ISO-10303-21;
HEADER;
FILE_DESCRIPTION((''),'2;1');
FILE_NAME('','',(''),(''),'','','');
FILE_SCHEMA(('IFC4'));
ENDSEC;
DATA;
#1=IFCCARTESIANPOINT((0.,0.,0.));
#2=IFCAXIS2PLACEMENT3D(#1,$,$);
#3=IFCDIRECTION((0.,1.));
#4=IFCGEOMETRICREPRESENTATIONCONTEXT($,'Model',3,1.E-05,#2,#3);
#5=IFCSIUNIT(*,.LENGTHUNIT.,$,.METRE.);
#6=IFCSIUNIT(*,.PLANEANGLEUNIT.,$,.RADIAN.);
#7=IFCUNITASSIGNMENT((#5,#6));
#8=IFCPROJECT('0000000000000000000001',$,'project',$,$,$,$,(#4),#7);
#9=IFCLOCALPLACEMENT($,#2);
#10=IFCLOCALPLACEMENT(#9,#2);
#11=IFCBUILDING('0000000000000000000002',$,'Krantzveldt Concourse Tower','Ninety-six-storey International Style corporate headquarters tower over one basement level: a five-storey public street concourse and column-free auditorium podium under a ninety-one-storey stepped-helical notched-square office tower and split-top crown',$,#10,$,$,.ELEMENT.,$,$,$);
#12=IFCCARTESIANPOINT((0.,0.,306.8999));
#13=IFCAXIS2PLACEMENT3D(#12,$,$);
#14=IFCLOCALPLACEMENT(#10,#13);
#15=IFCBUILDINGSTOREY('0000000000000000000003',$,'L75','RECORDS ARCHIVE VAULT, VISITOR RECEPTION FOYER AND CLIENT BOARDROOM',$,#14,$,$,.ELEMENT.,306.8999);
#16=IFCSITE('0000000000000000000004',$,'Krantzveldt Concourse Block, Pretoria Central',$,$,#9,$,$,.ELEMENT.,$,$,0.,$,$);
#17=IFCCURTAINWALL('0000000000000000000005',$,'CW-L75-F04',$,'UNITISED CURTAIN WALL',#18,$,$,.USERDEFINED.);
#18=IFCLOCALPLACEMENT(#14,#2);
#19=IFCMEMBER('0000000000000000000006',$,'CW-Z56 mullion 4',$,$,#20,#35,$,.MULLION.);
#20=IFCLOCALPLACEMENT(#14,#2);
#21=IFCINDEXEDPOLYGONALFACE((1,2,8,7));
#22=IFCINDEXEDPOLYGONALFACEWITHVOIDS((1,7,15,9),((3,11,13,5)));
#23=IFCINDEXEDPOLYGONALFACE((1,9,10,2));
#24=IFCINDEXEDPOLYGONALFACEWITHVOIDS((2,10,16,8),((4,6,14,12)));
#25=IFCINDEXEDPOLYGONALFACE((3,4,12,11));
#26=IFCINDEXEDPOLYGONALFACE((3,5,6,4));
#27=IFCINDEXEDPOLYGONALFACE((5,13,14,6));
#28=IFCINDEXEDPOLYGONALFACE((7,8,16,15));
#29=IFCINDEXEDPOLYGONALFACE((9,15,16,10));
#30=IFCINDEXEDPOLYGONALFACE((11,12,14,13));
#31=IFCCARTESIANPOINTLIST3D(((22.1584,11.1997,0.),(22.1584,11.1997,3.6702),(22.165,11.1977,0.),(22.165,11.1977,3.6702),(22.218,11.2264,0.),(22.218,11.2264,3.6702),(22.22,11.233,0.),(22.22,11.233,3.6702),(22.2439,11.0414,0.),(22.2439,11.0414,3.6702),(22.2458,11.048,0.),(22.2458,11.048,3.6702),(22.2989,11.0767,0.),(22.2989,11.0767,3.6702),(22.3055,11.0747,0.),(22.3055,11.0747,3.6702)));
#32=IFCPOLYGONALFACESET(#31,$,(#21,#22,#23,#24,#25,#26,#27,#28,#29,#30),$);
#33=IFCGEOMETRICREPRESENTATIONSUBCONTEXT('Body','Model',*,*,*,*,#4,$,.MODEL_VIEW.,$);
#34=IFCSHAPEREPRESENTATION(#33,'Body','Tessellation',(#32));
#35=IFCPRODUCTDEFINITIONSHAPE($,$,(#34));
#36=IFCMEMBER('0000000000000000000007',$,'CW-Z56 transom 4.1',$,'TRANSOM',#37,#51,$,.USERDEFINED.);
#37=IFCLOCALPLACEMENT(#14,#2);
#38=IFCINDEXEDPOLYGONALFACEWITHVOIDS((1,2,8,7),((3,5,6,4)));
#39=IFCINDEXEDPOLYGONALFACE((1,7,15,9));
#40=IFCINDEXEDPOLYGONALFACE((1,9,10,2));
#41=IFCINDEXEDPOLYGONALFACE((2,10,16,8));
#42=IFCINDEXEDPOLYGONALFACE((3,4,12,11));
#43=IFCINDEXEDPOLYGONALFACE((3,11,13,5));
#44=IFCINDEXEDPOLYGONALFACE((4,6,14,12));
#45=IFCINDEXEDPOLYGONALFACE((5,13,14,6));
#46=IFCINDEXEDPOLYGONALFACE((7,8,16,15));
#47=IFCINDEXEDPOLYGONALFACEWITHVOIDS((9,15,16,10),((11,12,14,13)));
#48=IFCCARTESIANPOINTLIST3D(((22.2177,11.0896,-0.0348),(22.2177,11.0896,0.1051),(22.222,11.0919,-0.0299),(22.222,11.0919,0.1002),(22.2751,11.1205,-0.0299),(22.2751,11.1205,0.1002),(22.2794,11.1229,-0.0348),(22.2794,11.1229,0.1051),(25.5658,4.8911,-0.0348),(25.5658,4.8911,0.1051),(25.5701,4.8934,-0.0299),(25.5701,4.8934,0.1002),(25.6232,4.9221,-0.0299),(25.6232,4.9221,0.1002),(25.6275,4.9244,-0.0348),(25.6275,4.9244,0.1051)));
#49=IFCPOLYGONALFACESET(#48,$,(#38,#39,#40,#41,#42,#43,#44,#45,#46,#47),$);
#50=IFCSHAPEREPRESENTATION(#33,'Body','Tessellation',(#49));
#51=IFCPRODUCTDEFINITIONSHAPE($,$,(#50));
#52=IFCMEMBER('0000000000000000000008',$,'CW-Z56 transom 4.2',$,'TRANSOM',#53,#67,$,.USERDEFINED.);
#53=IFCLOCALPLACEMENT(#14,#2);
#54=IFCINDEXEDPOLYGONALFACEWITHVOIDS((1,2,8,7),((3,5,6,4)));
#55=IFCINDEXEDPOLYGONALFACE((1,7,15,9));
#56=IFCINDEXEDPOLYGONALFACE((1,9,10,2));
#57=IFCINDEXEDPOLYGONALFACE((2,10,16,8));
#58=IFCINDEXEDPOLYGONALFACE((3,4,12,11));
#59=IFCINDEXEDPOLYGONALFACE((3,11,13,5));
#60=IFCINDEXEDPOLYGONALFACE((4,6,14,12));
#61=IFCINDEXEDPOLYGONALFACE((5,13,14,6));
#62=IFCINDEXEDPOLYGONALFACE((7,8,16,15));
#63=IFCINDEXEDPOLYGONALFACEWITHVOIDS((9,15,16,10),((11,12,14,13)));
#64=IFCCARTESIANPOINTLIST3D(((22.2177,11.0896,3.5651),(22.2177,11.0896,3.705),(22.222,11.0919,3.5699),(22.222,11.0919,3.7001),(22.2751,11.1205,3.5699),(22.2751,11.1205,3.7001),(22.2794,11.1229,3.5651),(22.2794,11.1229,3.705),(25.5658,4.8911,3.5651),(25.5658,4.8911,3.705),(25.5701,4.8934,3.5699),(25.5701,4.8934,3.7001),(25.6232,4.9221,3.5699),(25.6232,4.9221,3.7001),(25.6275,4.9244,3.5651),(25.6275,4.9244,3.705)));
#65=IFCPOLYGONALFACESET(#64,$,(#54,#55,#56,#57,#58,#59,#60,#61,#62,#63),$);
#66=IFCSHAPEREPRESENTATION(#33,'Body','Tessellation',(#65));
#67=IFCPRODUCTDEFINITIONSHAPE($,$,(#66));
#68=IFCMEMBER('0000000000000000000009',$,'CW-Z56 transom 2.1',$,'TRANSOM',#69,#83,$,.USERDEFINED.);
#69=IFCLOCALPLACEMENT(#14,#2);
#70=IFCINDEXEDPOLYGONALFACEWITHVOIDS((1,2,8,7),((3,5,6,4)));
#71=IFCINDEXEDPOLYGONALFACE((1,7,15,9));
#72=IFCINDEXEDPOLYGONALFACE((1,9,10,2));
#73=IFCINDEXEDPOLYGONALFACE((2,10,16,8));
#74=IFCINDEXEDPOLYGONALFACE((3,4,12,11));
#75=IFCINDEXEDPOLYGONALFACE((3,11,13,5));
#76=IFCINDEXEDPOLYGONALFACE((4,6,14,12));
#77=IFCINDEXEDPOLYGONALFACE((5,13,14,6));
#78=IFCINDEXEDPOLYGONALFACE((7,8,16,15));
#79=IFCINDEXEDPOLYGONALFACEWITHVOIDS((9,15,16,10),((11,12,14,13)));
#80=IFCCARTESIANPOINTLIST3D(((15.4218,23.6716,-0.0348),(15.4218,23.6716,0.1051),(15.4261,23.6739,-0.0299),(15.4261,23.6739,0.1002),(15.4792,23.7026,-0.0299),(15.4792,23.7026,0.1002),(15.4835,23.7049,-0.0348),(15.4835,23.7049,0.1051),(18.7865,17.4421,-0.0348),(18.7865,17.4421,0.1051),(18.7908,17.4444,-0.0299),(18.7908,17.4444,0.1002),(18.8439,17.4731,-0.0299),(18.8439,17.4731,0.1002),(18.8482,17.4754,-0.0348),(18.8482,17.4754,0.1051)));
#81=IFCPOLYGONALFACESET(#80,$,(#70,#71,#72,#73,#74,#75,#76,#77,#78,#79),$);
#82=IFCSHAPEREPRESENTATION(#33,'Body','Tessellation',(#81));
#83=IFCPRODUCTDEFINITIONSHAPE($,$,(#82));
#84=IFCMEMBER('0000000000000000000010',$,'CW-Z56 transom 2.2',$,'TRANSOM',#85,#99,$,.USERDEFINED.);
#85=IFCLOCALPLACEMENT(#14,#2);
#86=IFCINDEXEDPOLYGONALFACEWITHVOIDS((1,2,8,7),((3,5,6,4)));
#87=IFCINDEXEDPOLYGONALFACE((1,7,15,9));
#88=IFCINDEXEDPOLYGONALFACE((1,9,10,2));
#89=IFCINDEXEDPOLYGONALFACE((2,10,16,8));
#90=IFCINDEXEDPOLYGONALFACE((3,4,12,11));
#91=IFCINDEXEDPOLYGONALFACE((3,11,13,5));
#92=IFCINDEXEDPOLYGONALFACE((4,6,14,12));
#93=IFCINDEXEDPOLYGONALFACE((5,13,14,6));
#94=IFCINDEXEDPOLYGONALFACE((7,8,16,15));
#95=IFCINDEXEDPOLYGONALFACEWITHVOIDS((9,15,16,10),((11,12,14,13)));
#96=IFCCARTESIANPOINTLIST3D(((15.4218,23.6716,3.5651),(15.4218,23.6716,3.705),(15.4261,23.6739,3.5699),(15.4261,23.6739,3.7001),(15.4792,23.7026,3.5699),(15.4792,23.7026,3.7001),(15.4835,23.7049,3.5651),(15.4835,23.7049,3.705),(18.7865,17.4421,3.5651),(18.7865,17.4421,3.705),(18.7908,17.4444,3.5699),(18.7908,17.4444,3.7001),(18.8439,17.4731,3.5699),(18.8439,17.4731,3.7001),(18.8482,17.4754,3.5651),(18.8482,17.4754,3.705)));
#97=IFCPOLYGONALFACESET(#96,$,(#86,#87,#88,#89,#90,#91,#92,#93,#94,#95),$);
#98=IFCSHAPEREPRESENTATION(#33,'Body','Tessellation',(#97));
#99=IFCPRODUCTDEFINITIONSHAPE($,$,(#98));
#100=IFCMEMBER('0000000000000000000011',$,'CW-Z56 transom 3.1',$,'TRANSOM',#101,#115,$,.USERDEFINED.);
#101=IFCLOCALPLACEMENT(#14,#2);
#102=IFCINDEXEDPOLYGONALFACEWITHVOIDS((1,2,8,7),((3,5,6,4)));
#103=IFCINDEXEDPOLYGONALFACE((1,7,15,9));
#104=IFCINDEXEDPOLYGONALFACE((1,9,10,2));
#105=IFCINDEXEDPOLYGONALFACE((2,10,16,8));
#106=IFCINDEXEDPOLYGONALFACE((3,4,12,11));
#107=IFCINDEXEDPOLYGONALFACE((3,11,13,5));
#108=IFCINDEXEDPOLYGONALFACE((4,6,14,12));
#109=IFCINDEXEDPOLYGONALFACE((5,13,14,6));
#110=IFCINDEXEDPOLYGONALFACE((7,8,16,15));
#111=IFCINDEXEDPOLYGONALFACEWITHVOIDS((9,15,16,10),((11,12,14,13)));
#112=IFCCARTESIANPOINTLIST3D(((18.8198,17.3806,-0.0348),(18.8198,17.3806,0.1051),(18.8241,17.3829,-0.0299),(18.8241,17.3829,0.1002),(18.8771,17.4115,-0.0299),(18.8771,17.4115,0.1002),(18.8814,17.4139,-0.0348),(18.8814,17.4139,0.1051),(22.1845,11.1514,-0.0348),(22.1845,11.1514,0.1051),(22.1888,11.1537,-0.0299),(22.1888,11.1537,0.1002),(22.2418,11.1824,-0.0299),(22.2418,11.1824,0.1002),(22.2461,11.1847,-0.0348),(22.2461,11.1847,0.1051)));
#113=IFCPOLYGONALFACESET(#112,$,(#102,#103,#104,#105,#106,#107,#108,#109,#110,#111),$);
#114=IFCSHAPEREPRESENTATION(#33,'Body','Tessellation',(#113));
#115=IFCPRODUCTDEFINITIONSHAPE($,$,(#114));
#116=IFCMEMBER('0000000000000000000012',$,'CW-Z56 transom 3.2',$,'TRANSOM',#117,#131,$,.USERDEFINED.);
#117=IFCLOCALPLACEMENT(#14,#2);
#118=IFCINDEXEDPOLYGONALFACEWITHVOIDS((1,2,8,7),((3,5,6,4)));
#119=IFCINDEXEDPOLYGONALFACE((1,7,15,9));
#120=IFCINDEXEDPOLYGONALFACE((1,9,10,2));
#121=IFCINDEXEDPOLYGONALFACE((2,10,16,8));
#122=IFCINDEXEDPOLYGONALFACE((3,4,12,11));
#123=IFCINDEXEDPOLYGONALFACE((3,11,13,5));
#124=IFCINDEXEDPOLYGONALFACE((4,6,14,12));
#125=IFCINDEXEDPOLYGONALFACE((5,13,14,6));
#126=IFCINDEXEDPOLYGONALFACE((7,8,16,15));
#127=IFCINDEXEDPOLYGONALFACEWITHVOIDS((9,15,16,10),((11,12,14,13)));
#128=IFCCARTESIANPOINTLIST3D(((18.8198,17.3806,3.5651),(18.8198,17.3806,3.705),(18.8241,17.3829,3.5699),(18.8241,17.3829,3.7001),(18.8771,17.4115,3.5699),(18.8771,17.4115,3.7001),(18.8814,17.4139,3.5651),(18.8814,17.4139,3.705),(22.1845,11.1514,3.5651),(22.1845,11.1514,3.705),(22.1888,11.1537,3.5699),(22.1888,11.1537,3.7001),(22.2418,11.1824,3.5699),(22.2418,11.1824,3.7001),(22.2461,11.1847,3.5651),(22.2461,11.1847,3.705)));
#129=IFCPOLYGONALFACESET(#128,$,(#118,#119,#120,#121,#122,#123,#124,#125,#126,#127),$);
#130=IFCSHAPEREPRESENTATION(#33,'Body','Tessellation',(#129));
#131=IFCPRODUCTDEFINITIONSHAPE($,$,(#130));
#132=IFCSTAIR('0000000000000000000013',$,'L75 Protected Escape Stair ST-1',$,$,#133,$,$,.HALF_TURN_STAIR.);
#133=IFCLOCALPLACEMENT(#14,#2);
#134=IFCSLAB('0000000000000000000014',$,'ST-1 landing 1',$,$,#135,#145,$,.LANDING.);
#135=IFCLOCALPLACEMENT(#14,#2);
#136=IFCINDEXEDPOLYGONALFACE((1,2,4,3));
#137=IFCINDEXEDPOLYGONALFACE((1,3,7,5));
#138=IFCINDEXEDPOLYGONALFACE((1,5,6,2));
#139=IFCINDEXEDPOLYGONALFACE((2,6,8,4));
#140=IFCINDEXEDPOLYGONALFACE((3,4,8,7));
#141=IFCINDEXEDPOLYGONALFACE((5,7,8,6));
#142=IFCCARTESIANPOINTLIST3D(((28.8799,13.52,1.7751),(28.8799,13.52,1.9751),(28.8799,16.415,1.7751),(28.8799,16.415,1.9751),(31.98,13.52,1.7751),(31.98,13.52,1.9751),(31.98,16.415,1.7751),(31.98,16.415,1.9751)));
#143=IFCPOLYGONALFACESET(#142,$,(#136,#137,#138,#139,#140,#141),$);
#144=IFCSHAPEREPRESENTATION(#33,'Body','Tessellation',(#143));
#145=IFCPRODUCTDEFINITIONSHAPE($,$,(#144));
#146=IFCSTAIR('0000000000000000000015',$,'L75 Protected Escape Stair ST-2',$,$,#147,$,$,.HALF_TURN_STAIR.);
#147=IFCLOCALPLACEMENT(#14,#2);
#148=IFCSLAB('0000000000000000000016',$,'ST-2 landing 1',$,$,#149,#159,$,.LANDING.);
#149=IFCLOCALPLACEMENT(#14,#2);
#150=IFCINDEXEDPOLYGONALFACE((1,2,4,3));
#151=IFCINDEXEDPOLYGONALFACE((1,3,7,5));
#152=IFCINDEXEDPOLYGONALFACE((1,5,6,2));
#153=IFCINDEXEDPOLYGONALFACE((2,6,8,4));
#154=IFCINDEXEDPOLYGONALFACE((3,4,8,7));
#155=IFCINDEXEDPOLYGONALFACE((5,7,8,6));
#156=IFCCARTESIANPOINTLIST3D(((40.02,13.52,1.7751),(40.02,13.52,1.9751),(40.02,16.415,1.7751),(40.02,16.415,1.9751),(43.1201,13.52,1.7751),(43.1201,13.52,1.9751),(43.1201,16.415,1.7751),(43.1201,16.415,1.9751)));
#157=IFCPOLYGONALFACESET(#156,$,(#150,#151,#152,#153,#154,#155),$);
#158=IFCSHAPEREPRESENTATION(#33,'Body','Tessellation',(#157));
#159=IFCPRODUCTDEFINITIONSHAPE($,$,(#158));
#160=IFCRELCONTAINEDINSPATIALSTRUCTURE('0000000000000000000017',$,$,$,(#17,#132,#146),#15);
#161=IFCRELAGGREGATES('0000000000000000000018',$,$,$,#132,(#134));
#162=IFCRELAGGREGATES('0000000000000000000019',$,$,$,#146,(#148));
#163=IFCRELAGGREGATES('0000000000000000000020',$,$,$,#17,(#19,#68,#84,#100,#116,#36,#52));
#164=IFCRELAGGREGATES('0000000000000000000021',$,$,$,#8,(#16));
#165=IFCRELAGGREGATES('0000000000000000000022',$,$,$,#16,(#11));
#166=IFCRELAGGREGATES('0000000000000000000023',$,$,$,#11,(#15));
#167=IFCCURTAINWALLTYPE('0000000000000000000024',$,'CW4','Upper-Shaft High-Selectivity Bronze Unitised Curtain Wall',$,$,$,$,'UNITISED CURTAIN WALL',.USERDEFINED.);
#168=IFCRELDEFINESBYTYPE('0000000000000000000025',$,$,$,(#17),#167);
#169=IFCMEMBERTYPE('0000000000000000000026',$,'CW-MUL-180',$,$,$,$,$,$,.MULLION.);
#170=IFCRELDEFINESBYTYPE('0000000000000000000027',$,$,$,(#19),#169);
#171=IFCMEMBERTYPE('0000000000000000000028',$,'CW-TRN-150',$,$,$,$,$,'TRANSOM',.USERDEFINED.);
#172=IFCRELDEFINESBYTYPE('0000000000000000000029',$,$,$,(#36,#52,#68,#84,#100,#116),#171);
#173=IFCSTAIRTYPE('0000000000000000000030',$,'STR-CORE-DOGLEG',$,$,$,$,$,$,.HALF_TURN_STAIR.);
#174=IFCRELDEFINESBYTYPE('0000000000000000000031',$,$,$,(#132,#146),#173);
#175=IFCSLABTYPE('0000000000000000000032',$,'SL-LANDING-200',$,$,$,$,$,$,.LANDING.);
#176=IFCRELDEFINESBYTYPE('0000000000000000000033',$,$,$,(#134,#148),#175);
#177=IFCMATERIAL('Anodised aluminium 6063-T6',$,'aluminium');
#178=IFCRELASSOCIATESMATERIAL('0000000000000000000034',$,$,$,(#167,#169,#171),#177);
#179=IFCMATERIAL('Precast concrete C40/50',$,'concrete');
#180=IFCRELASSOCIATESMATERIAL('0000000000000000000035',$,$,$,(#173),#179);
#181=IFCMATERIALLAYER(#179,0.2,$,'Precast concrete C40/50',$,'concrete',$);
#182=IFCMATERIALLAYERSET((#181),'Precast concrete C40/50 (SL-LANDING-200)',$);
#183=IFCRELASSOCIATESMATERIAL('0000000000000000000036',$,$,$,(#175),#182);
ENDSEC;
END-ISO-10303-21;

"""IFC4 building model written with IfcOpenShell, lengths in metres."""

from ifc_helpers import new_model, si_unit, direction, frame, origin, origin_2d, place, context, subcontext, project, spatial, polyline, hollow_rectangle, outline, extrude, source, transform, mapped, material, layer, layer_set, material_profile, profile_set, type_object, type_shapes, element, aggregate, save


model = new_model("IFC4")

# Units and contexts
model_context = context("Model", 3, precision=1e-05, world=origin(), true_north=direction((0.0, 1.0)))
body_context = subcontext(model_context, "Body", "Model", "MODEL_VIEW")
ifc_project = project(units=[si_unit("LENGTHUNIT", "METRE"), si_unit("PLANEANGLEUNIT", "RADIAN")], contexts=[model_context])

# Site, building, storey
site_placement = place(None, origin())
site = spatial("IfcSite", under=ifc_project, at=site_placement, Name="Krantzveldt Concourse Block, Pretoria Central", CompositionType="ELEMENT", RefElevation=0.0)
building_placement = place(site_placement, origin())
building = spatial("IfcBuilding", under=site, at=building_placement, Name="Krantzveldt Concourse Tower", Description="Ninety-six-storey International Style corporate headquarters tower over one basement level: a five-storey public street concourse and column-free auditorium podium under a ninety-one-storey stepped-helical notched-square office tower and split-top crown", CompositionType="ELEMENT")
storey_placement = place(building_placement, frame((0.0, 0.0, 306.8999)))
storey = spatial("IfcBuildingStorey", under=building, at=storey_placement, Name="L75", Description="RECORDS ARCHIVE VAULT, VISITOR RECEPTION FOYER AND CLIENT BOARDROOM", CompositionType="ELEMENT", Elevation=306.8999)

# Curtain wall, members
ifc_material_1 = material(Name="Anodised aluminium 6063-T6", Category="aluminium")
curtain_wall_type = type_object("IfcCurtainWallType", Name="CW4", Description="Upper-Shaft High-Selectivity Bronze Unitised Curtain Wall", ElementType="UNITISED CURTAIN WALL", PredefinedType="USERDEFINED", material=ifc_material_1)
curtain_wall_placement = place(storey_placement, origin())
curtain_wall = element("IfcCurtainWall", 1, at=curtain_wall_placement, inside=storey, type_object=curtain_wall_type, Name="CW-L75-F04", ObjectType="UNITISED CURTAIN WALL", PredefinedType="USERDEFINED")
ifc_material_profile_1 = material_profile(ifc_material_1, hollow_rectangle(XDim=0.0701, YDim=0.1799, WallThickness=0.0049, at=origin_2d()), Name="Anodised aluminium 6063-T6", Category="aluminium")
ifc_profile_set_1 = profile_set([ifc_material_profile_1], Name="Anodised aluminium 6063-T6 - ALU-MULL 180x70x5")
member_type_1 = type_object("IfcMemberType", Name="CW-MUL-180", PredefinedType="MULLION", material=ifc_profile_set_1)
shared_shape_1 = source(origin(), body_context, "Body", "SweptSolid", [
    extrude(hollow_rectangle(XDim=0.0701, YDim=0.1799, WallThickness=0.0049, at=origin_2d()), origin(), (0.0, 0.0, 1.0), 3.6702),
])
type_shapes(member_type_1, [shared_shape_1])
member_1_placement = place(storey_placement, frame((22.2319, 11.1372, 0.0), z_axis=(0.0, 0.0, 1.0), x_axis=(0.879856, 0.47524, 0.0)))
member_1 = element("IfcMember", 2, at=member_1_placement, type_object=member_type_1, Name="CW-Z56 mullion 4", PredefinedType="MULLION", context=body_context, shape_type="MappedRepresentation", body=[
    mapped(shared_shape_1, transform((0.0, 0.0, 0.0), x_axis=(1.0, 0.0, 0.0), y_axis=(0.0, 1.0, 0.0), z_axis=(0.0, 0.0, 1.0), scale=1.0)),
])
ifc_material_profile_2 = material_profile(ifc_material_1, hollow_rectangle(XDim=0.0701, YDim=0.1399, WallThickness=0.0049, at=origin_2d()), Name="Anodised aluminium 6063-T6", Category="aluminium")
ifc_profile_set_2 = profile_set([ifc_material_profile_2], Name="Anodised aluminium 6063-T6 - ALU-TRAN 140x70x5")
member_type_2 = type_object("IfcMemberType", Name="CW-TRN-150", ElementType="TRANSOM", PredefinedType="USERDEFINED", material=ifc_profile_set_2)
shared_shape_2 = source(origin(), body_context, "Body", "SweptSolid", [
    extrude(hollow_rectangle(XDim=0.0701, YDim=0.1399, WallThickness=0.0049, at=origin_2d()), origin(), (0.0, 0.0, 1.0), 7.0449),
])
member_2_placement = place(storey_placement, frame((22.2485, 11.1062, 0.0352), z_axis=(0.475255, -0.879848, 0.0), x_axis=(0.879848, 0.475255, 0.0)))
member_2 = element("IfcMember", 3, at=member_2_placement, type_object=member_type_2, Name="CW-Z56 transom 4.1", ObjectType="TRANSOM", PredefinedType="USERDEFINED", context=body_context, shape_type="MappedRepresentation", body=[
    mapped(shared_shape_2, transform((0.0, 0.0, 0.0), x_axis=(1.0, 0.0, 0.0), y_axis=(0.0, 1.0, 0.0), z_axis=(0.0, 0.0, 1.0), scale=1.0)),
])
member_3_placement = place(storey_placement, frame((22.2485, 11.1062, 3.635), z_axis=(0.475255, -0.879848, 0.0), x_axis=(0.879848, 0.475255, 0.0)))
member_3 = element("IfcMember", 4, at=member_3_placement, type_object=member_type_2, Name="CW-Z56 transom 4.2", ObjectType="TRANSOM", PredefinedType="USERDEFINED", context=body_context, shape_type="MappedRepresentation", body=[
    mapped(shared_shape_2, transform((0.0, 0.0, 0.0), x_axis=(1.0, 0.0, 0.0), y_axis=(0.0, 1.0, 0.0), z_axis=(0.0, 0.0, 1.0), scale=1.0)),
])
shared_shape_3 = source(origin(), body_context, "Body", "SweptSolid", [
    extrude(hollow_rectangle(XDim=0.0701, YDim=0.1399, WallThickness=0.0049, at=origin_2d()), origin(), (0.0, 0.0, 1.0), 7.0801),
])
member_4_placement = place(storey_placement, frame((15.4526, 23.6882, 0.0352), z_axis=(0.475239, -0.879857, 0.0), x_axis=(0.879857, 0.475239, 0.0)))
member_4 = element("IfcMember", 5, at=member_4_placement, type_object=member_type_2, Name="CW-Z56 transom 2.1", ObjectType="TRANSOM", PredefinedType="USERDEFINED", context=body_context, shape_type="MappedRepresentation", body=[
    mapped(shared_shape_3, transform((0.0, 0.0, 0.0), x_axis=(1.0, 0.0, 0.0), y_axis=(0.0, 1.0, 0.0), z_axis=(0.0, 0.0, 1.0), scale=1.0)),
])
member_5_placement = place(storey_placement, frame((15.4526, 23.6882, 3.635), z_axis=(0.475239, -0.879857, 0.0), x_axis=(0.879857, 0.475239, 0.0)))
member_5 = element("IfcMember", 6, at=member_5_placement, type_object=member_type_2, Name="CW-Z56 transom 2.2", ObjectType="TRANSOM", PredefinedType="USERDEFINED", context=body_context, shape_type="MappedRepresentation", body=[
    mapped(shared_shape_3, transform((0.0, 0.0, 0.0), x_axis=(1.0, 0.0, 0.0), y_axis=(0.0, 1.0, 0.0), z_axis=(0.0, 0.0, 1.0), scale=1.0)),
])
shared_shape_4 = source(origin(), body_context, "Body", "SweptSolid", [
    extrude(hollow_rectangle(XDim=0.0701, YDim=0.1399, WallThickness=0.0049, at=origin_2d()), origin(), (0.0, 0.0, 1.0), 7.0798),
])
type_shapes(member_type_2, [shared_shape_2, shared_shape_3, shared_shape_4])
member_6_placement = place(storey_placement, frame((18.8506, 17.3972, 0.0352), z_axis=(0.475253, -0.879849, 0.0), x_axis=(0.879849, 0.475253, 0.0)))
member_6 = element("IfcMember", 7, at=member_6_placement, type_object=member_type_2, Name="CW-Z56 transom 3.1", ObjectType="TRANSOM", PredefinedType="USERDEFINED", context=body_context, shape_type="MappedRepresentation", body=[
    mapped(shared_shape_4, transform((0.0, 0.0, 0.0), x_axis=(1.0, 0.0, 0.0), y_axis=(0.0, 1.0, 0.0), z_axis=(0.0, 0.0, 1.0), scale=1.0)),
])
member_7_placement = place(storey_placement, frame((18.8506, 17.3972, 3.635), z_axis=(0.475253, -0.879849, 0.0), x_axis=(0.879849, 0.475253, 0.0)))
member_7 = element("IfcMember", 8, at=member_7_placement, type_object=member_type_2, Name="CW-Z56 transom 3.2", ObjectType="TRANSOM", PredefinedType="USERDEFINED", context=body_context, shape_type="MappedRepresentation", body=[
    mapped(shared_shape_4, transform((0.0, 0.0, 0.0), x_axis=(1.0, 0.0, 0.0), y_axis=(0.0, 1.0, 0.0), z_axis=(0.0, 0.0, 1.0), scale=1.0)),
])

# Stairs, slabs
ifc_material_2 = material(Name="Precast concrete C40/50", Category="concrete")
stair_type = type_object("IfcStairType", Name="STR-CORE-DOGLEG", PredefinedType="HALF_TURN_STAIR", material=ifc_material_2)
stair_1_placement = place(storey_placement, origin())
stair_1 = element("IfcStair", 9, at=stair_1_placement, inside=storey, type_object=stair_type, Name="L75 Protected Escape Stair ST-1", PredefinedType="HALF_TURN_STAIR")
ifc_layer_1 = layer(ifc_material_2, 0.2, Name="Precast concrete C40/50", Category="concrete")
ifc_layer_set_1 = layer_set([ifc_layer_1], Name="Precast concrete C40/50 (SL-LANDING-200)")
slab_type_1 = type_object("IfcSlabType", Name="SL-LANDING-200", PredefinedType="LANDING", material=ifc_layer_set_1)
slab_1_placement = place(storey_placement, frame((0.0, 0.0, 1.7751)))
slab_1 = element("IfcSlab", 10, at=slab_1_placement, type_object=slab_type_1, Name="ST-1 landing 1", PredefinedType="LANDING", context=body_context, shape_type="SweptSolid", body=[
    extrude(outline(polyline([(28.8799, 16.415), (28.8799, 13.52), (31.98, 13.52), (31.98, 16.415), (28.8799, 16.415)])), origin(), (0.0, 0.0, 1.0), 0.2),
])
aggregate(stair_1, [slab_1])
stair_2_placement = place(storey_placement, origin())
stair_2 = element("IfcStair", 11, at=stair_2_placement, inside=storey, type_object=stair_type, Name="L75 Protected Escape Stair ST-2", PredefinedType="HALF_TURN_STAIR")
slab_2_placement = place(storey_placement, frame((0.0, 0.0, 1.7751)))
slab_2 = element("IfcSlab", 12, at=slab_2_placement, type_object=slab_type_1, Name="ST-2 landing 1", PredefinedType="LANDING", context=body_context, shape_type="SweptSolid", body=[
    extrude(outline(polyline([(40.02, 16.415), (40.02, 13.52), (43.1201, 13.52), (43.1201, 16.415), (40.02, 16.415)])), origin(), (0.0, 0.0, 1.0), 0.2),
])
aggregate(stair_2, [slab_2])

aggregate(curtain_wall, [member_1, member_4, member_5, member_6, member_7, member_2, member_3])

save(model, "model.ifc")
